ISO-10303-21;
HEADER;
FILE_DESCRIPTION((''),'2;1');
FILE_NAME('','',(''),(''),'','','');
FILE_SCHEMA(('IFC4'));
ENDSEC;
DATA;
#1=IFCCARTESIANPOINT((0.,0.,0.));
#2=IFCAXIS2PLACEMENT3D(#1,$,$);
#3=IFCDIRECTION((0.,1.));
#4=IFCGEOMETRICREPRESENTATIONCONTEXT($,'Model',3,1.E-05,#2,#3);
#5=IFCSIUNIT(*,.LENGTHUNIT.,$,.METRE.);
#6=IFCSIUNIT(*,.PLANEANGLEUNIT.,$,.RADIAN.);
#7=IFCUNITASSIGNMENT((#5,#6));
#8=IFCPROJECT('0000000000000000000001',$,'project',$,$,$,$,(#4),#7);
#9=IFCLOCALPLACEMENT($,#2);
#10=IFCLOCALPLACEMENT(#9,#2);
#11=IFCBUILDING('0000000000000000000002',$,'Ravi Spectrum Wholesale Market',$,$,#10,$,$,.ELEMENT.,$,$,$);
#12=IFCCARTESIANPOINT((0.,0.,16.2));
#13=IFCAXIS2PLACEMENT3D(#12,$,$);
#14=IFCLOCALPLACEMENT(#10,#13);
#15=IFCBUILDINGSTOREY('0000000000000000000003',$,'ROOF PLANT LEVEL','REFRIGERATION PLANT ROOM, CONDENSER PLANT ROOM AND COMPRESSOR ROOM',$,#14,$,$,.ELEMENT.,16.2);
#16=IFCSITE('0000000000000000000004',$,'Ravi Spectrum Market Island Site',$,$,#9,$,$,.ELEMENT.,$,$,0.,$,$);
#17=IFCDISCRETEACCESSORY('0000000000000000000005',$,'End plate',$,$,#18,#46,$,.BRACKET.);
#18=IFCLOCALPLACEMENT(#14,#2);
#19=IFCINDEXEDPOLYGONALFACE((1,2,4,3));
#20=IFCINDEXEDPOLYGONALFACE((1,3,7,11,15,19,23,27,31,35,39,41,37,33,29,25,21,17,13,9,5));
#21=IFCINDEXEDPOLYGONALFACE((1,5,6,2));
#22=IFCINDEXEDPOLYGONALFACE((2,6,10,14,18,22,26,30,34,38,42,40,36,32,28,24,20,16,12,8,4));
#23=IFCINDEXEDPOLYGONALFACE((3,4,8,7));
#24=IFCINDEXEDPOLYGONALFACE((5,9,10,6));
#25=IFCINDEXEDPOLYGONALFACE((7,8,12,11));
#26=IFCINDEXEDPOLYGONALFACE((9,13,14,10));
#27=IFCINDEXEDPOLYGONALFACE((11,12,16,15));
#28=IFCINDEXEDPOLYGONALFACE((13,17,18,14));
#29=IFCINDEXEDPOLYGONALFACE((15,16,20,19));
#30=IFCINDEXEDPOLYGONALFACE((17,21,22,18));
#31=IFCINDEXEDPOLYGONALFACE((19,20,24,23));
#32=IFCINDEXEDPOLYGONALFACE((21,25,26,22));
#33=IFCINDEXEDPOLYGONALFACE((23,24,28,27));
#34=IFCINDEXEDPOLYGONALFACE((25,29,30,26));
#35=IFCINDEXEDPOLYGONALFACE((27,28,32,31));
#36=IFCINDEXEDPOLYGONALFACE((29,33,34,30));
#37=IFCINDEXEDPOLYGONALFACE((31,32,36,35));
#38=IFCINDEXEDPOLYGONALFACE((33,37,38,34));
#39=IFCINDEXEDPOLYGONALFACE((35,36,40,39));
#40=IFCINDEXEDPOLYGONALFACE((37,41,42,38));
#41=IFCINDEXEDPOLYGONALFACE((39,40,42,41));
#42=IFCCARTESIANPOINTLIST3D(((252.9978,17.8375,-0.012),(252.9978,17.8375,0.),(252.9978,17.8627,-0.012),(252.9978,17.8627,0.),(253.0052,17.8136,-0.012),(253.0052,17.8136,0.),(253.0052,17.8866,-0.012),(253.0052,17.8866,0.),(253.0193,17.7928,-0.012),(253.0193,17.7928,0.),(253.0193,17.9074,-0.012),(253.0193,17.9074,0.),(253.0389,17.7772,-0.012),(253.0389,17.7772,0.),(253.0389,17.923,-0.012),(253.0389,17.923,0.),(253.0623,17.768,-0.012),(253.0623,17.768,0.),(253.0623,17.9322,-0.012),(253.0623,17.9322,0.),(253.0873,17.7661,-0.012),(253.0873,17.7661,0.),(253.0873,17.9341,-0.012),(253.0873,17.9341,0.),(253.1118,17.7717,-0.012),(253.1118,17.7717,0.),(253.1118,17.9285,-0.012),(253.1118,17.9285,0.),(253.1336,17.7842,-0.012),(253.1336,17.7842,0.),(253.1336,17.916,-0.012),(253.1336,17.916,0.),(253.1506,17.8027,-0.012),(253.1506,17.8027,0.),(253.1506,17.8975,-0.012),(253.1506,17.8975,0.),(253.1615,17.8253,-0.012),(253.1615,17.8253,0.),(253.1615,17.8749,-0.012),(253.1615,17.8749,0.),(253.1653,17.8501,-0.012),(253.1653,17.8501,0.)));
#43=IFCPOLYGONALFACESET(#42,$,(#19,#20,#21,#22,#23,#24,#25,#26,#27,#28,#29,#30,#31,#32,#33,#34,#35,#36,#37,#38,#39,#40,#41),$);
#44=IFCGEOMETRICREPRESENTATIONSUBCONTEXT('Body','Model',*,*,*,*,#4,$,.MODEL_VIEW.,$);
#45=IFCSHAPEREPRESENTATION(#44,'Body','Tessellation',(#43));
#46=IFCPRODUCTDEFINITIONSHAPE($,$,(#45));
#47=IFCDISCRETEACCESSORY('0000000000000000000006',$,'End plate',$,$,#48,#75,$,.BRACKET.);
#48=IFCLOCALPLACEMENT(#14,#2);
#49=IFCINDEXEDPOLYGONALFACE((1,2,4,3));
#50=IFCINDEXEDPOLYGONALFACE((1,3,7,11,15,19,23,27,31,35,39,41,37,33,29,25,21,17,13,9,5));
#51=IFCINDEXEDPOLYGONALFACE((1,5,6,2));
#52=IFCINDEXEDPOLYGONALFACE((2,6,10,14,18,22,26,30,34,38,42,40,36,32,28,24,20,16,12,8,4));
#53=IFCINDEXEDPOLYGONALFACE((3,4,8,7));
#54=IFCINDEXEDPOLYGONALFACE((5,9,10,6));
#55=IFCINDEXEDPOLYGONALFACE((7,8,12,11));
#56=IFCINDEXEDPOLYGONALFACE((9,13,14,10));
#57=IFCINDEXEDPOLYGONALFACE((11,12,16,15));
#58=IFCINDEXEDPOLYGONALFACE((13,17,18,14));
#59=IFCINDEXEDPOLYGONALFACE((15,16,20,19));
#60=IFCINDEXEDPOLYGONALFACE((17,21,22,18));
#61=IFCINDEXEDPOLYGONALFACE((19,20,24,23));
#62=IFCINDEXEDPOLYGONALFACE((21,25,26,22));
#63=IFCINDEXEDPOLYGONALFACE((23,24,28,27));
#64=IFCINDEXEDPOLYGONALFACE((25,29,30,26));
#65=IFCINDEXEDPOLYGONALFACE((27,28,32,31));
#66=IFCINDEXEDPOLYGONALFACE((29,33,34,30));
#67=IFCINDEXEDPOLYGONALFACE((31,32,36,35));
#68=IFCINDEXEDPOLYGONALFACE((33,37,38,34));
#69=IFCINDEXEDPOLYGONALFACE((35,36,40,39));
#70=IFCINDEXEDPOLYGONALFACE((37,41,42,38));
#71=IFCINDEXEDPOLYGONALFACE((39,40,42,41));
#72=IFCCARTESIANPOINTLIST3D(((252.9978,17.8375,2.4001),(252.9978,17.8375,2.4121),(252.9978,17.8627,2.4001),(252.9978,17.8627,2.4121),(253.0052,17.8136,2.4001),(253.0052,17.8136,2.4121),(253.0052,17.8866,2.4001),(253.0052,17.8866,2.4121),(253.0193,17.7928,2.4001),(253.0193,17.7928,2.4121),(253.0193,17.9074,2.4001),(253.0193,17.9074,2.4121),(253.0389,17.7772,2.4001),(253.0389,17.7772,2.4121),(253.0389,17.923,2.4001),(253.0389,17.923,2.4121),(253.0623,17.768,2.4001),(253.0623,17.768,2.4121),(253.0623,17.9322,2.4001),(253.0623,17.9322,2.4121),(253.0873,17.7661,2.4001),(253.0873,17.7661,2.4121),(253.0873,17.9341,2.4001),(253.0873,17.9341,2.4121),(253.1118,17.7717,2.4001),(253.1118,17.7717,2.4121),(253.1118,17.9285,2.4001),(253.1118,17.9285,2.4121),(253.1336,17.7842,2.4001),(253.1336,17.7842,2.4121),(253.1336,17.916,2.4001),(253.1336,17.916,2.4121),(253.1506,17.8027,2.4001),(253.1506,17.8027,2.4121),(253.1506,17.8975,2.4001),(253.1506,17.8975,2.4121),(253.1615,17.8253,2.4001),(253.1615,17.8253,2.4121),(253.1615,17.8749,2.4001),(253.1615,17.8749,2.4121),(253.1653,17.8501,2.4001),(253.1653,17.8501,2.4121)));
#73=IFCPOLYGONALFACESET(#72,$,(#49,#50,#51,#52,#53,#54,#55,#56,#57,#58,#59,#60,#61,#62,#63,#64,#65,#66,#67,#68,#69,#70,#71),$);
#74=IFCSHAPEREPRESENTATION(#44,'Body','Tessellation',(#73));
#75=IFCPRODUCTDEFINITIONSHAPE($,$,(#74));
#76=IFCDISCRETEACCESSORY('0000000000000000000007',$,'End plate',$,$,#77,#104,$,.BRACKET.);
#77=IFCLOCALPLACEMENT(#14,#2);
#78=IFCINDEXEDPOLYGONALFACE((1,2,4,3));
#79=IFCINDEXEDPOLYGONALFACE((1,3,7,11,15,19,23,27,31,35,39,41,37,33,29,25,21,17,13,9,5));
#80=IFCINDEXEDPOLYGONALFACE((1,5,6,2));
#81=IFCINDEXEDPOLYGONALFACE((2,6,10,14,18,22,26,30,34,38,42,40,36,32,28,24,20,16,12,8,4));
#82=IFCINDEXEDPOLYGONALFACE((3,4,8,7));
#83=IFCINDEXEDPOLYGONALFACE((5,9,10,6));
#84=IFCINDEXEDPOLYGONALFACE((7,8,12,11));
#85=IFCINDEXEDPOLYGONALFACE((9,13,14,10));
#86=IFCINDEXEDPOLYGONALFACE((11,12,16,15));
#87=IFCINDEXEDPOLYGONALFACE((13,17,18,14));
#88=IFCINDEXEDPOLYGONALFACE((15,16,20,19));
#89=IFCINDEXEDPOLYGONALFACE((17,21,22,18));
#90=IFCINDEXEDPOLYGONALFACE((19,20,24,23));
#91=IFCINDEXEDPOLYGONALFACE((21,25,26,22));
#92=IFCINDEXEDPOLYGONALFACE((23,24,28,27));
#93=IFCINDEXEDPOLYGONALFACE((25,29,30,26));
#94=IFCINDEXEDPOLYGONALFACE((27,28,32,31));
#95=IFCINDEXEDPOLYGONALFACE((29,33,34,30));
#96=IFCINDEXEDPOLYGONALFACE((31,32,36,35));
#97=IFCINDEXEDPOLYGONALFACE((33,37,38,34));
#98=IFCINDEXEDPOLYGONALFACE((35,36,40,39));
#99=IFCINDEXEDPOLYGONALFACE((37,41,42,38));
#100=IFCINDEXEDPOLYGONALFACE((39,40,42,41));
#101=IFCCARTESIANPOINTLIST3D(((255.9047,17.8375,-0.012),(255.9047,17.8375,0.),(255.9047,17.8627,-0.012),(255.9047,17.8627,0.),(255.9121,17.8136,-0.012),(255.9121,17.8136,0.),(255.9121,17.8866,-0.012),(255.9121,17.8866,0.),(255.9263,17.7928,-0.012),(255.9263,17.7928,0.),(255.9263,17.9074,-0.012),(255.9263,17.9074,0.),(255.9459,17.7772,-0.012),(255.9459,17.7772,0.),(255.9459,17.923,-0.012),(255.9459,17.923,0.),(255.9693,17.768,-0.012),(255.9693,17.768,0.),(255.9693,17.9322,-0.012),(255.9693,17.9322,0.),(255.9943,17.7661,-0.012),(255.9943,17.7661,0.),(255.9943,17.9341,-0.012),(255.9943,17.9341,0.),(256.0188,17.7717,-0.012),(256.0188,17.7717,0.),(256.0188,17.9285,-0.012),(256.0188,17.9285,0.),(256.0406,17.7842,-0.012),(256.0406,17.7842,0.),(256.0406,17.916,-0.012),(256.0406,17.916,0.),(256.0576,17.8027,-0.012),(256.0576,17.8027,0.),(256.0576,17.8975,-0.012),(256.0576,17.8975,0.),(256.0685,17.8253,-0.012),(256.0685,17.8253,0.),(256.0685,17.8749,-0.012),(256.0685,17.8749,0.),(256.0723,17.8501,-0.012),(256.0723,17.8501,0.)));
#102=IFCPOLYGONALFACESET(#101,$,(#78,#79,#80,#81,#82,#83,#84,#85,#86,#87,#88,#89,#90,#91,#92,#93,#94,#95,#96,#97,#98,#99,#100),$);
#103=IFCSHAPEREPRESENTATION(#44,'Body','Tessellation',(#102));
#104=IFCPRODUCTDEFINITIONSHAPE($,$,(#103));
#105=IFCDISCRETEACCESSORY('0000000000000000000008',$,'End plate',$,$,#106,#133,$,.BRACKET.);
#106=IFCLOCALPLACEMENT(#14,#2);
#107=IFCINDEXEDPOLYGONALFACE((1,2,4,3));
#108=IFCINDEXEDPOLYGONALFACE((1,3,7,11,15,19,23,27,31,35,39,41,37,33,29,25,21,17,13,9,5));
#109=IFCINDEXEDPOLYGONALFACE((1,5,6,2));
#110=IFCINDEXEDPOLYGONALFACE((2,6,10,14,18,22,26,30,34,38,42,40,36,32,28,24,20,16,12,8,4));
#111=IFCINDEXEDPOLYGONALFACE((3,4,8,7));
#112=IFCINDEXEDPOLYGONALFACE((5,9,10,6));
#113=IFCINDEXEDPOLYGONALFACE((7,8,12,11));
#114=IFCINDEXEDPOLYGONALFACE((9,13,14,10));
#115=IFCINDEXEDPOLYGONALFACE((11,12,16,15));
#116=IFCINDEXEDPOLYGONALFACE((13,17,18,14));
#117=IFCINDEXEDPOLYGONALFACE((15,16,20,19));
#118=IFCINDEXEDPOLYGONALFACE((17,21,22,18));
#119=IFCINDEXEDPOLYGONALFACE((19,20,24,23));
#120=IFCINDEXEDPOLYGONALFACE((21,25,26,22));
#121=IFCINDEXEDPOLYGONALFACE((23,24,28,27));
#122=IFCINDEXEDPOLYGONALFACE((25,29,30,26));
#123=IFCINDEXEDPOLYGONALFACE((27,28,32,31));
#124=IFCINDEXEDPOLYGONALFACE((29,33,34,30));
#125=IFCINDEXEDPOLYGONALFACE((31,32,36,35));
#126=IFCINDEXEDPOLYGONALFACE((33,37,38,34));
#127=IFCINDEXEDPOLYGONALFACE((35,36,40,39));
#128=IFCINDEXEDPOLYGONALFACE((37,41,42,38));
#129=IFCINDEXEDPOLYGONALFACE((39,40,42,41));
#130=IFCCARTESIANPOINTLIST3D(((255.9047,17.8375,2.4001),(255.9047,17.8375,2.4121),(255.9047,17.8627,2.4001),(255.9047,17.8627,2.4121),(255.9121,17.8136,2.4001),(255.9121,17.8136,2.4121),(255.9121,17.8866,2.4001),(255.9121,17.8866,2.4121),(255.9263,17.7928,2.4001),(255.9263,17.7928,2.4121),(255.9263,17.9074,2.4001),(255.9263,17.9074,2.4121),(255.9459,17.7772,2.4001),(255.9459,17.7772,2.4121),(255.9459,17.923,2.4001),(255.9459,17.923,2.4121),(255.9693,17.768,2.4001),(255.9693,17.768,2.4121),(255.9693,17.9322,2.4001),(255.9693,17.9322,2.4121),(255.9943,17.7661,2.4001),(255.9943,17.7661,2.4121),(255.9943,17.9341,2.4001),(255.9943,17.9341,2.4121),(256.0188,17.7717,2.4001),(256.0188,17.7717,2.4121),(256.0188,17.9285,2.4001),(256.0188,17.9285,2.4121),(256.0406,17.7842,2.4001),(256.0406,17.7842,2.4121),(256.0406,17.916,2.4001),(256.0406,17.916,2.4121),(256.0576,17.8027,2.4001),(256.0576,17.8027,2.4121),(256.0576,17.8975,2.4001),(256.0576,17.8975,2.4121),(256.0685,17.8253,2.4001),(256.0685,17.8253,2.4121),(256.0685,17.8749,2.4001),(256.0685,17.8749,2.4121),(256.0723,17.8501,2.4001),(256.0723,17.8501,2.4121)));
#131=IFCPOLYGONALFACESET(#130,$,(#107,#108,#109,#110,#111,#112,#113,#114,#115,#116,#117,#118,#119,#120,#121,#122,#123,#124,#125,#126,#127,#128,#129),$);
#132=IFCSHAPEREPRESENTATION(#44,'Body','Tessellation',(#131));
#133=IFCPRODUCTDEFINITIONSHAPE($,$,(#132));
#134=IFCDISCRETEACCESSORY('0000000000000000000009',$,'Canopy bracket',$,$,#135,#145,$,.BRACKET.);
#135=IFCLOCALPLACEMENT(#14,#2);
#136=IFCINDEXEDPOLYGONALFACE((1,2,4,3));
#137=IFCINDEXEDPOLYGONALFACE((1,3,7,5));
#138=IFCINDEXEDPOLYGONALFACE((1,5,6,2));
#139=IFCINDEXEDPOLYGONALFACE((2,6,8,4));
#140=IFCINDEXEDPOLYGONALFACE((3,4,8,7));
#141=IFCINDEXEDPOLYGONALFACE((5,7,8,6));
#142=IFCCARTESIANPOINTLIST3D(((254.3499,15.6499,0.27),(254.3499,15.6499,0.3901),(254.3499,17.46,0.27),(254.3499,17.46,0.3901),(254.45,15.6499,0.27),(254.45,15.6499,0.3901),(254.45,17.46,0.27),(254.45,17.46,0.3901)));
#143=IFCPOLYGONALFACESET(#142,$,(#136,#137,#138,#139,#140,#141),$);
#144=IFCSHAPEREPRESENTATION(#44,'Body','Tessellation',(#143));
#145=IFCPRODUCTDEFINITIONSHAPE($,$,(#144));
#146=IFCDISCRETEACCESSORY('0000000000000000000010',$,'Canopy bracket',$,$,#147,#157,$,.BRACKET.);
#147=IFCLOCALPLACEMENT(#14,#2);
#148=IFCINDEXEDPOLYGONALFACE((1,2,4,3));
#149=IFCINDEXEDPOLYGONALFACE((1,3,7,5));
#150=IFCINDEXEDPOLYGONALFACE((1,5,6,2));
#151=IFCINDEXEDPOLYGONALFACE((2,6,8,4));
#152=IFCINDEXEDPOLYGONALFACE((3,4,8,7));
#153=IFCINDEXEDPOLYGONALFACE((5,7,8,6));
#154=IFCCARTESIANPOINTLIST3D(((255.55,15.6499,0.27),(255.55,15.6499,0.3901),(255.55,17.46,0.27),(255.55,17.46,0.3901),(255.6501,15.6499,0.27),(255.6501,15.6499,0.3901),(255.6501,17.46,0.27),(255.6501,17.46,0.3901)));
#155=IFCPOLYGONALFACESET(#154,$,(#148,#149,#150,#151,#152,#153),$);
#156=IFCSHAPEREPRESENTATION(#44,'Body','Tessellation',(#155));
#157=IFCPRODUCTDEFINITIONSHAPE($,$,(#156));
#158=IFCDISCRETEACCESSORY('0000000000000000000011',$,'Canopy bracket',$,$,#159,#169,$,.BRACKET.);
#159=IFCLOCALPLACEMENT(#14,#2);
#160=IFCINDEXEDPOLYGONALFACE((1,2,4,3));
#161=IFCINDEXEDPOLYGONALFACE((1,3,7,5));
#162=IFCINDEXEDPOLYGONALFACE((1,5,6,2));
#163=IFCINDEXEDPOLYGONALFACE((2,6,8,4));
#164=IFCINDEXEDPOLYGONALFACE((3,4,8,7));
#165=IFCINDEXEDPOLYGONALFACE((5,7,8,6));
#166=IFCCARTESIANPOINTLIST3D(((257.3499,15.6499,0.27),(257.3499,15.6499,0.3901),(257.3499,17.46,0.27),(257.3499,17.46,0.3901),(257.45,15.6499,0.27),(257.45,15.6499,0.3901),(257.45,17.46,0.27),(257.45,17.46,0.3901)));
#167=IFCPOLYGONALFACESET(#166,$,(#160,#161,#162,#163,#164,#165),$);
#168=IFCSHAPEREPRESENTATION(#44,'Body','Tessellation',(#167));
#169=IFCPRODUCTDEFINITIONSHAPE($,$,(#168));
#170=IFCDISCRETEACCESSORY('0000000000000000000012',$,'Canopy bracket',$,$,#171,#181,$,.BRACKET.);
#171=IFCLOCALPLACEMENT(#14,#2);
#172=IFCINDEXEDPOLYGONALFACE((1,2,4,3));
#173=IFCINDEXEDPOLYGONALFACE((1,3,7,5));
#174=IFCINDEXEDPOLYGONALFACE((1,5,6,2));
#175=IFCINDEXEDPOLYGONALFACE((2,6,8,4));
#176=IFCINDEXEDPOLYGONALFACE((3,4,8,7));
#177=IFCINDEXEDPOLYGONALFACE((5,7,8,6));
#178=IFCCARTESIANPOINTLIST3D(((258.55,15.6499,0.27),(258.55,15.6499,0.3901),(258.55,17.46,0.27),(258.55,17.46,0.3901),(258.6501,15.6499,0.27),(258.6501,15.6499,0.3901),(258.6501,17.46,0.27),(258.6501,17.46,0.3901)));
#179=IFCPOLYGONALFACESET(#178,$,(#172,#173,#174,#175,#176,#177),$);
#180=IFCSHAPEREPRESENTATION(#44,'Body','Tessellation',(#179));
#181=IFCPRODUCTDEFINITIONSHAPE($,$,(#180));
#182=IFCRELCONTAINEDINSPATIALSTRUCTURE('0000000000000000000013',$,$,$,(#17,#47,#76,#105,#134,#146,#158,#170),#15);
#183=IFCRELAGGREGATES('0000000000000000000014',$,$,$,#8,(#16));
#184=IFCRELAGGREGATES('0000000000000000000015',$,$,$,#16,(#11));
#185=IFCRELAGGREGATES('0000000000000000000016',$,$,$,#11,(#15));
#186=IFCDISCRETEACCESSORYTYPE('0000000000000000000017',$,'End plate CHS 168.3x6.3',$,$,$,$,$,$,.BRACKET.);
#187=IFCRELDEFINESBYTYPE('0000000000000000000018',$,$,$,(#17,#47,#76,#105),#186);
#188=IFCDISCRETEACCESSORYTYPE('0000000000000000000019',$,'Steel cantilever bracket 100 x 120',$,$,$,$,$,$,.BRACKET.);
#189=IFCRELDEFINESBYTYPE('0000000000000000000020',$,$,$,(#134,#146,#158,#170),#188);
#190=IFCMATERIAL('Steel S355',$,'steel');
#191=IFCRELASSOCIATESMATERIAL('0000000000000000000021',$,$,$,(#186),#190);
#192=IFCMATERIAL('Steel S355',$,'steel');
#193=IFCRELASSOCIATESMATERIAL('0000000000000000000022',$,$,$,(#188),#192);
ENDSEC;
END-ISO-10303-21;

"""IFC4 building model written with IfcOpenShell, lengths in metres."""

from ifc_helpers import new_model, si_unit, direction, frame, origin, origin_2d, place, context, subcontext, project, spatial, rectangle, circle, extrude, material, material_profile, profile_set, type_object, element, save


model = new_model("IFC4")

# Units and contexts
model_context = context("Model", 3, precision=1e-05, world=origin(), true_north=direction((0.0, 1.0)))
body_context = subcontext(model_context, "Body", "Model", "MODEL_VIEW")
ifc_project = project(units=[si_unit("LENGTHUNIT", "METRE"), si_unit("PLANEANGLEUNIT", "RADIAN")], contexts=[model_context])

# Site, building, storey
site_placement = place(None, origin())
site = spatial("IfcSite", under=ifc_project, at=site_placement, Name="Ravi Spectrum Market Island Site", CompositionType="ELEMENT", RefElevation=0.0)
building_placement = place(site_placement, origin())
building = spatial("IfcBuilding", under=site, at=building_placement, Name="Ravi Spectrum Wholesale Market", CompositionType="ELEMENT")
storey_placement = place(building_placement, frame((0.0, 0.0, 16.2)))
storey = spatial("IfcBuildingStorey", under=building, at=storey_placement, Name="ROOF PLANT LEVEL", Description="REFRIGERATION PLANT ROOM, CONDENSER PLANT ROOM AND COMPRESSOR ROOM", CompositionType="ELEMENT", Elevation=16.2)

# Discrete accessories
ifc_material_1 = material(Name="Steel S355", Category="steel")
ifc_material_profile_1 = material_profile(ifc_material_1, circle(Radius=0.0842, at=origin_2d()))
ifc_profile_set_1 = profile_set([ifc_material_profile_1], Name="Steel S355")
discrete_accessory_type_1 = type_object("IfcDiscreteAccessoryType", Name="End plate CHS 168.3x6.3", PredefinedType="BRACKET", material=ifc_profile_set_1)
for number, where, z_axis, x_axis, name in (
    (1, (253.0811, 17.8501, 0.0), (0.0, 0.0, -1.0), (1.0, 0.0, 0.0), "End plate"),
    (2, (253.0811, 17.8501, 2.4001), (0.0, 0.0, 1.0), (1.0, 0.0, 0.0), "End plate"),
    (3, (255.988, 17.8501, 0.0), (0.0, 0.0, -1.0), (1.0, 0.0, 0.0), "End plate"),
    (4, (255.988, 17.8501, 2.4001), (0.0, 0.0, 1.0), (1.0, 0.0, 0.0), "End plate"),
):
    element("IfcDiscreteAccessory", number, at=place(storey_placement, frame(where, z_axis=z_axis, x_axis=x_axis)), inside=storey, type_object=discrete_accessory_type_1, Name=name, PredefinedType="BRACKET", context=body_context, shape_type="SweptSolid", body=[
        extrude(circle(Radius=0.0842, at=origin_2d()), origin(), (0.0, 0.0, 1.0), 0.012),
    ])
ifc_material_2 = material(Name="Steel S355", Category="steel")
discrete_accessory_type_2 = type_object("IfcDiscreteAccessoryType", Name="Steel cantilever bracket 100 x 120", PredefinedType="BRACKET", material=ifc_material_2)
for number, where, z_axis, x_axis, name in (
    (5, (254.3999, 16.5549, 0.27), (0.0, 0.0, 1.0), (1.0, 0.0, 0.0), "Canopy bracket"),
    (6, (255.6001, 16.5549, 0.27), (0.0, 0.0, 1.0), (1.0, 0.0, 0.0), "Canopy bracket"),
    (7, (257.3999, 16.5549, 0.27), (0.0, 0.0, 1.0), (1.0, 0.0, 0.0), "Canopy bracket"),
    (8, (258.6001, 16.5549, 0.27), (0.0, 0.0, 1.0), (1.0, 0.0, 0.0), "Canopy bracket"),
):
    element("IfcDiscreteAccessory", number, at=place(storey_placement, frame(where, z_axis=z_axis, x_axis=x_axis)), inside=storey, type_object=discrete_accessory_type_2, Name=name, PredefinedType="BRACKET", context=body_context, shape_type="SweptSolid", body=[
        extrude(rectangle(XDim=0.1001, YDim=1.8101, at=origin_2d()), origin(), (0.0, 0.0, 1.0), 0.1201),
    ])

save(model, "model.ifc")
